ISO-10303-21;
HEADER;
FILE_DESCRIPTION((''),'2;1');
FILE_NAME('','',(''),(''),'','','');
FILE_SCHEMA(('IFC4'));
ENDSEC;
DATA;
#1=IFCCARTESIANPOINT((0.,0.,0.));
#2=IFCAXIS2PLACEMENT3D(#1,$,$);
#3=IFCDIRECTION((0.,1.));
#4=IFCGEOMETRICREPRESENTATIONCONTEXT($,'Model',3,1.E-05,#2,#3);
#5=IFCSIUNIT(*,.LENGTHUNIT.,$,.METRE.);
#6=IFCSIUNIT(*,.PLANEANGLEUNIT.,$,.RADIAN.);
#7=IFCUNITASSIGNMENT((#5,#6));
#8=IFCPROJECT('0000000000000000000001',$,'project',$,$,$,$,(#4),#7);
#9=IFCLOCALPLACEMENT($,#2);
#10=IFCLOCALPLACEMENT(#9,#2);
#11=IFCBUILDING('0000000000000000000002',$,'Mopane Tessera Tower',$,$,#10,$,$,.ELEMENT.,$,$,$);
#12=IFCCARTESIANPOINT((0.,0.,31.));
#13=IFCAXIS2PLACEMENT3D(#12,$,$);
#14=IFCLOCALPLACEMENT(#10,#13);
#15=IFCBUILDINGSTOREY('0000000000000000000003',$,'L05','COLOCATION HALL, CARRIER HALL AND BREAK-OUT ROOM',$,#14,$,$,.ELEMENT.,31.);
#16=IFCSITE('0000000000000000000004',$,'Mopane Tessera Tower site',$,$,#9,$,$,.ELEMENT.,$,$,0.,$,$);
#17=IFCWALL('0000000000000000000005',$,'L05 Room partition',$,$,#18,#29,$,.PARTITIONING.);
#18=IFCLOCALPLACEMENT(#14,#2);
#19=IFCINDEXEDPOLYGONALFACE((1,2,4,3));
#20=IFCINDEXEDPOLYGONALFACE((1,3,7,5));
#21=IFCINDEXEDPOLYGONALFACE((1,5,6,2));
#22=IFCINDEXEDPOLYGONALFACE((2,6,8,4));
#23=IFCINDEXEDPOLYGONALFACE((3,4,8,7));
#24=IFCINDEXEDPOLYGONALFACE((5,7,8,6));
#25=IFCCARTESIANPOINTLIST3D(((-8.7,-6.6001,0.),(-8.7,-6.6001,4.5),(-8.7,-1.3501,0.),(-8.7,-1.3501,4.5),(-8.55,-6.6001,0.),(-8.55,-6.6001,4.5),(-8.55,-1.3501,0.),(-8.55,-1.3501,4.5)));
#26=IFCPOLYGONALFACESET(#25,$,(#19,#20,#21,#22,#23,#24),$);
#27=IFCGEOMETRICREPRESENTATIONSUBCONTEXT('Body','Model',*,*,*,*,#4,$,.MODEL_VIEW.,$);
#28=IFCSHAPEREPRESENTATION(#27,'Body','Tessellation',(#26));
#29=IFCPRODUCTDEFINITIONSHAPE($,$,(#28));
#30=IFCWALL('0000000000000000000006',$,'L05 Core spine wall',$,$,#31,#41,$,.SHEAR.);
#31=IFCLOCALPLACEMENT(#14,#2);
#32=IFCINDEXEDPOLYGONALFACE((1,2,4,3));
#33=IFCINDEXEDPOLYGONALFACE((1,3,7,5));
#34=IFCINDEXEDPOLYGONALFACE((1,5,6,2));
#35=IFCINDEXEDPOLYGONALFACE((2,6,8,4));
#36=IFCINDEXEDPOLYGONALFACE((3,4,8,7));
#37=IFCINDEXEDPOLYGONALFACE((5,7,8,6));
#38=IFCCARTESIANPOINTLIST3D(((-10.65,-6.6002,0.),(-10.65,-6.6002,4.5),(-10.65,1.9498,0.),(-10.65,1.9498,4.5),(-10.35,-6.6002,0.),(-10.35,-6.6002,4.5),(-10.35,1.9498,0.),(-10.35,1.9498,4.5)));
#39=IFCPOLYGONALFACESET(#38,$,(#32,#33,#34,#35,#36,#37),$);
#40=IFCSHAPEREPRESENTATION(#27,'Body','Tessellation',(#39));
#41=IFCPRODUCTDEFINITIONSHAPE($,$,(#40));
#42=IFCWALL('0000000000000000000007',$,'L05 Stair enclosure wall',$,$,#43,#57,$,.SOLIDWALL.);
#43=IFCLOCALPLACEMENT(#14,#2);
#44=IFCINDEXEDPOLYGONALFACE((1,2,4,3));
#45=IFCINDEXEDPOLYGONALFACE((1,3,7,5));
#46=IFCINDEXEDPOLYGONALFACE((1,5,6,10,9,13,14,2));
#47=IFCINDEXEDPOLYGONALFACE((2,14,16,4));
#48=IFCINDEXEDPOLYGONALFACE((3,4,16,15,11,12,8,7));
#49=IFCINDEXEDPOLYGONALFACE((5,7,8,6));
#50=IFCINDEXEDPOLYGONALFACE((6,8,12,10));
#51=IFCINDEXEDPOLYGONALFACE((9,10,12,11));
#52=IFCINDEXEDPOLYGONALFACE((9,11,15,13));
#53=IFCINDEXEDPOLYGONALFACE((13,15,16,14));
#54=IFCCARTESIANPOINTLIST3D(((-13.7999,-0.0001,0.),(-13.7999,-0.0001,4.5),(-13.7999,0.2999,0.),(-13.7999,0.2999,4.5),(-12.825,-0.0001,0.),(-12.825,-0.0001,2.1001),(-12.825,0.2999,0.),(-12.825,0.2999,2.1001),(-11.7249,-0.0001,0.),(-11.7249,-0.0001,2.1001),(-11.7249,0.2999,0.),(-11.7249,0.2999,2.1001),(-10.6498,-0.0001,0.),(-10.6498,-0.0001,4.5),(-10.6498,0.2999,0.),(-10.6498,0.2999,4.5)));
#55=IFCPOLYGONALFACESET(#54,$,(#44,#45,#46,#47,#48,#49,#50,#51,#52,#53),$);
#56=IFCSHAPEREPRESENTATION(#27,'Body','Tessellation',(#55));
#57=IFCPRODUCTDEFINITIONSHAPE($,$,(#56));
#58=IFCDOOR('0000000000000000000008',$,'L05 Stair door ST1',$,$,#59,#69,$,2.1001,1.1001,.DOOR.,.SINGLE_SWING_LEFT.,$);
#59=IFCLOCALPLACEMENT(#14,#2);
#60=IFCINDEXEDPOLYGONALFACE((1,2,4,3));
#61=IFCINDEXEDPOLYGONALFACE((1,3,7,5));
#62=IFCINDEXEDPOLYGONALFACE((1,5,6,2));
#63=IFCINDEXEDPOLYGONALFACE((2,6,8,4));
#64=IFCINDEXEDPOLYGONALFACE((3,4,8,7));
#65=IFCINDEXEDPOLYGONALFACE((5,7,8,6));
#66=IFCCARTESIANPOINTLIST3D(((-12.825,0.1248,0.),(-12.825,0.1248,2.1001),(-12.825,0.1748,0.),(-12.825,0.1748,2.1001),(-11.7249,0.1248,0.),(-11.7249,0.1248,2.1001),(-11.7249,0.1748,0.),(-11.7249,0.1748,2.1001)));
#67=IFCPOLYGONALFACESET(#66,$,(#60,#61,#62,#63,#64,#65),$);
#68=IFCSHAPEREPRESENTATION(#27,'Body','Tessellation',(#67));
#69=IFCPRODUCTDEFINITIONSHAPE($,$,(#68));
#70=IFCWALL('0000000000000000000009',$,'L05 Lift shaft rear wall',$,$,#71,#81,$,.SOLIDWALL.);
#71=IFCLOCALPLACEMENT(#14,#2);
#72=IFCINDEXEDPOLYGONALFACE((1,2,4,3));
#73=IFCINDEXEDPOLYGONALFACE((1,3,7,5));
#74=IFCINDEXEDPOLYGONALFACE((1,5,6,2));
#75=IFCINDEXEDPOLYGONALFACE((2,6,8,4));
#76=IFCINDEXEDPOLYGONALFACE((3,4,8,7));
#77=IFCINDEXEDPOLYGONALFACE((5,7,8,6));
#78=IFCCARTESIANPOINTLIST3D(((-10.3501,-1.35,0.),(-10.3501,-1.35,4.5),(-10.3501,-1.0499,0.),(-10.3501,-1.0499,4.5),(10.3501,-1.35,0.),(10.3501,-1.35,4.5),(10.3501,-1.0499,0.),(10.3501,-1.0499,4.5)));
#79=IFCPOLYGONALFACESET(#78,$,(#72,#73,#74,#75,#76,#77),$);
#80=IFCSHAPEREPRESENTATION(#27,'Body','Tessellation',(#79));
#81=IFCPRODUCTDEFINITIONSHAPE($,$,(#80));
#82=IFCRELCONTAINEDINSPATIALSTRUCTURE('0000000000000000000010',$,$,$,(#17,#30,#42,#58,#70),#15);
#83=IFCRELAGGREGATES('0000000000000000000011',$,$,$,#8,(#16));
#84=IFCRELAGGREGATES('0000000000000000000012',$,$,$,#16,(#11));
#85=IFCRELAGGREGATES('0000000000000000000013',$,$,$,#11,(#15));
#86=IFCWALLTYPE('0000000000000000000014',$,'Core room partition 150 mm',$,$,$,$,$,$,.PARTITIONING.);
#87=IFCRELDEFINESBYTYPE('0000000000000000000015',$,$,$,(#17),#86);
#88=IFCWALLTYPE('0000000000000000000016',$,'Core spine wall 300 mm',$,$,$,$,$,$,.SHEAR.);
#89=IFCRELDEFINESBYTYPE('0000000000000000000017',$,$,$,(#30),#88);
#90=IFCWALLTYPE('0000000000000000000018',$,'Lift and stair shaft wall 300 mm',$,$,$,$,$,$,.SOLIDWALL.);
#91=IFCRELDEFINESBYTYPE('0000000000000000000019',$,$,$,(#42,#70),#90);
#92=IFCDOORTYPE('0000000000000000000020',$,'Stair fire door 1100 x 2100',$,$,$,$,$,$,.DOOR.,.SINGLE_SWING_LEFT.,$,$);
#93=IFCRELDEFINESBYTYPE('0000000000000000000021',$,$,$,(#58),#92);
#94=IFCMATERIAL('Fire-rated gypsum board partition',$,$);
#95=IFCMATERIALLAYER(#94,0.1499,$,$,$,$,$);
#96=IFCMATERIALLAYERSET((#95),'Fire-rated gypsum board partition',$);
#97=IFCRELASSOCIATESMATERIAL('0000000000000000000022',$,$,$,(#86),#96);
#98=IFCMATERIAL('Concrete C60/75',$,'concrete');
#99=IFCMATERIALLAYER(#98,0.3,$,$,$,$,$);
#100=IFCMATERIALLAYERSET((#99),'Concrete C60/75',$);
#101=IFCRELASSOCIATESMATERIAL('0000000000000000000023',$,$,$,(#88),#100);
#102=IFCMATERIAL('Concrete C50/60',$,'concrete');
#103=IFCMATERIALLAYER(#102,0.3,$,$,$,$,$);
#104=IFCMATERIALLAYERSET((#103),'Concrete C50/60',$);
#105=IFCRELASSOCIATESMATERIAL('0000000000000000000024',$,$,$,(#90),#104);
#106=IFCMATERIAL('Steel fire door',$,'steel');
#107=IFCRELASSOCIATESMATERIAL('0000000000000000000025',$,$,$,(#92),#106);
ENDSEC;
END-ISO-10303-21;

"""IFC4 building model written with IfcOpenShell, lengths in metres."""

from ifc_helpers import new_model, si_unit, direction, frame, frame_2d, origin, place, context, subcontext, project, spatial, rectangle, extrude, material, layer, layer_set, type_object, element, fill, save


model = new_model("IFC4")

# Units and contexts
model_context = context("Model", 3, precision=1e-05, world=origin(), true_north=direction((0.0, 1.0)))
body_context = subcontext(model_context, "Body", "Model", "MODEL_VIEW")
ifc_project = project(units=[si_unit("LENGTHUNIT", "METRE"), si_unit("PLANEANGLEUNIT", "RADIAN")], contexts=[model_context])

# Site, building, storey
site_placement = place(None, origin())
site = spatial("IfcSite", under=ifc_project, at=site_placement, Name="Mopane Tessera Tower site", CompositionType="ELEMENT", RefElevation=0.0)
building_placement = place(site_placement, origin())
building = spatial("IfcBuilding", under=site, at=building_placement, Name="Mopane Tessera Tower", CompositionType="ELEMENT")
storey_placement = place(building_placement, frame((0.0, 0.0, 31.0)))
storey = spatial("IfcBuildingStorey", under=building, at=storey_placement, Name="L05", Description="COLOCATION HALL, CARRIER HALL AND BREAK-OUT ROOM", CompositionType="ELEMENT", Elevation=31.0)

# Walls
ifc_material_1 = material(Name="Fire-rated gypsum board partition")
ifc_layer_1 = layer(ifc_material_1, 0.1499)
ifc_layer_set_1 = layer_set([ifc_layer_1], Name="Fire-rated gypsum board partition")
wall_type_1 = type_object("IfcWallType", Name="Core room partition 150 mm", PredefinedType="PARTITIONING", material=ifc_layer_set_1)
wall_1_placement = place(storey_placement, frame((-8.625, -6.6001, 0.0), z_axis=(0.0, 0.0, 1.0), x_axis=(0.0, 1.0, 0.0)))
element("IfcWall", 1, at=wall_1_placement, inside=storey, type_object=wall_type_1, Name="L05 Room partition", PredefinedType="PARTITIONING", context=body_context, shape_type="SweptSolid", body=[
    extrude(rectangle(XDim=5.25, YDim=0.1499, at=frame_2d((2.625, 0.0))), origin(), (0.0, 0.0, 1.0), 4.5),
])
ifc_material_2 = material(Name="Concrete C60/75", Category="concrete")
ifc_layer_2 = layer(ifc_material_2, 0.3)
ifc_layer_set_2 = layer_set([ifc_layer_2], Name="Concrete C60/75")
wall_type_2 = type_object("IfcWallType", Name="Core spine wall 300 mm", PredefinedType="SHEAR", material=ifc_layer_set_2)
wall_2_placement = place(storey_placement, frame((-10.5, -6.6001, 0.0), z_axis=(0.0, 0.0, 1.0), x_axis=(0.0, 1.0, 0.0)))
element("IfcWall", 2, at=wall_2_placement, inside=storey, type_object=wall_type_2, Name="L05 Core spine wall", PredefinedType="SHEAR", context=body_context, shape_type="SweptSolid", body=[
    extrude(rectangle(XDim=8.55, YDim=0.3, at=frame_2d((4.2749, 0.0))), origin(), (0.0, 0.0, 1.0), 4.5),
])

# Wall, opening, door
ifc_material_3 = material(Name="Concrete C50/60", Category="concrete")
ifc_layer_3 = layer(ifc_material_3, 0.3)
ifc_layer_set_3 = layer_set([ifc_layer_3], Name="Concrete C50/60")
wall_type_3 = type_object("IfcWallType", Name="Lift and stair shaft wall 300 mm", PredefinedType="SOLIDWALL", material=ifc_layer_set_3)
wall_3_placement = place(storey_placement, frame((-13.8, 0.1499, 0.0), z_axis=(0.0, 0.0, 1.0), x_axis=(1.0, 0.0, 0.0)))
wall_3 = element("IfcWall", 3, at=wall_3_placement, inside=storey, type_object=wall_type_3, Name="L05 Stair enclosure wall", PredefinedType="SOLIDWALL", context=body_context, shape_type="SweptSolid", body=[
    extrude(rectangle(XDim=3.1501, YDim=0.3, at=frame_2d((1.5752, 0.0))), origin(), (0.0, 0.0, 1.0), 4.5),
])
opening_1_placement = place(wall_3_placement, frame((0.9751, 0.0, 0.0)))
opening_1 = element("IfcOpeningElement", 4, at=opening_1_placement, cuts=wall_3, PredefinedType="OPENING", context=body_context, shape_type="SweptSolid", body=[
    extrude(rectangle(XDim=1.1001, YDim=2.1001, at=frame_2d((0.55, 1.05))), frame((0.0, 0.1621, 0.0), z_axis=(0.0, -1.0, 0.0), x_axis=(1.0, 0.0, 0.0)), (0.0, 0.0, 1.0), 0.324),
])
ifc_material_4 = material(Name="Steel fire door", Category="steel")
door_type_1 = type_object("IfcDoorType", Name="Stair fire door 1100 x 2100", OperationType="SINGLE_SWING_LEFT", PredefinedType="DOOR", material=ifc_material_4)
door_1_placement = place(opening_1_placement, origin())
door_1 = element("IfcDoor", 5, at=door_1_placement, inside=storey, type_object=door_type_1, Name="L05 Stair door ST1", OperationType="SINGLE_SWING_LEFT", OverallHeight=2.1001, OverallWidth=1.1001, PredefinedType="DOOR", context=body_context, shape_type="SweptSolid", body=[
    extrude(rectangle(XDim=1.1001, YDim=2.1001, at=frame_2d((0.55, 1.05))), frame((0.0, 0.0249, 0.0), z_axis=(0.0, -1.0, 0.0), x_axis=(1.0, 0.0, 0.0)), (0.0, 0.0, 1.0), 0.05),
])
fill(opening_1, door_1)

# Wall
wall_4_placement = place(storey_placement, frame((-10.3501, -1.2, 0.0), z_axis=(0.0, 0.0, 1.0), x_axis=(1.0, 0.0, 0.0)))
element("IfcWall", 6, at=wall_4_placement, inside=storey, type_object=wall_type_3, Name="L05 Lift shaft rear wall", PredefinedType="SOLIDWALL", context=body_context, shape_type="SweptSolid", body=[
    extrude(rectangle(XDim=20.7002, YDim=0.3, at=frame_2d((10.3501, 0.0))), origin(), (0.0, 0.0, 1.0), 4.5),
])

save(model, "model.ifc")
